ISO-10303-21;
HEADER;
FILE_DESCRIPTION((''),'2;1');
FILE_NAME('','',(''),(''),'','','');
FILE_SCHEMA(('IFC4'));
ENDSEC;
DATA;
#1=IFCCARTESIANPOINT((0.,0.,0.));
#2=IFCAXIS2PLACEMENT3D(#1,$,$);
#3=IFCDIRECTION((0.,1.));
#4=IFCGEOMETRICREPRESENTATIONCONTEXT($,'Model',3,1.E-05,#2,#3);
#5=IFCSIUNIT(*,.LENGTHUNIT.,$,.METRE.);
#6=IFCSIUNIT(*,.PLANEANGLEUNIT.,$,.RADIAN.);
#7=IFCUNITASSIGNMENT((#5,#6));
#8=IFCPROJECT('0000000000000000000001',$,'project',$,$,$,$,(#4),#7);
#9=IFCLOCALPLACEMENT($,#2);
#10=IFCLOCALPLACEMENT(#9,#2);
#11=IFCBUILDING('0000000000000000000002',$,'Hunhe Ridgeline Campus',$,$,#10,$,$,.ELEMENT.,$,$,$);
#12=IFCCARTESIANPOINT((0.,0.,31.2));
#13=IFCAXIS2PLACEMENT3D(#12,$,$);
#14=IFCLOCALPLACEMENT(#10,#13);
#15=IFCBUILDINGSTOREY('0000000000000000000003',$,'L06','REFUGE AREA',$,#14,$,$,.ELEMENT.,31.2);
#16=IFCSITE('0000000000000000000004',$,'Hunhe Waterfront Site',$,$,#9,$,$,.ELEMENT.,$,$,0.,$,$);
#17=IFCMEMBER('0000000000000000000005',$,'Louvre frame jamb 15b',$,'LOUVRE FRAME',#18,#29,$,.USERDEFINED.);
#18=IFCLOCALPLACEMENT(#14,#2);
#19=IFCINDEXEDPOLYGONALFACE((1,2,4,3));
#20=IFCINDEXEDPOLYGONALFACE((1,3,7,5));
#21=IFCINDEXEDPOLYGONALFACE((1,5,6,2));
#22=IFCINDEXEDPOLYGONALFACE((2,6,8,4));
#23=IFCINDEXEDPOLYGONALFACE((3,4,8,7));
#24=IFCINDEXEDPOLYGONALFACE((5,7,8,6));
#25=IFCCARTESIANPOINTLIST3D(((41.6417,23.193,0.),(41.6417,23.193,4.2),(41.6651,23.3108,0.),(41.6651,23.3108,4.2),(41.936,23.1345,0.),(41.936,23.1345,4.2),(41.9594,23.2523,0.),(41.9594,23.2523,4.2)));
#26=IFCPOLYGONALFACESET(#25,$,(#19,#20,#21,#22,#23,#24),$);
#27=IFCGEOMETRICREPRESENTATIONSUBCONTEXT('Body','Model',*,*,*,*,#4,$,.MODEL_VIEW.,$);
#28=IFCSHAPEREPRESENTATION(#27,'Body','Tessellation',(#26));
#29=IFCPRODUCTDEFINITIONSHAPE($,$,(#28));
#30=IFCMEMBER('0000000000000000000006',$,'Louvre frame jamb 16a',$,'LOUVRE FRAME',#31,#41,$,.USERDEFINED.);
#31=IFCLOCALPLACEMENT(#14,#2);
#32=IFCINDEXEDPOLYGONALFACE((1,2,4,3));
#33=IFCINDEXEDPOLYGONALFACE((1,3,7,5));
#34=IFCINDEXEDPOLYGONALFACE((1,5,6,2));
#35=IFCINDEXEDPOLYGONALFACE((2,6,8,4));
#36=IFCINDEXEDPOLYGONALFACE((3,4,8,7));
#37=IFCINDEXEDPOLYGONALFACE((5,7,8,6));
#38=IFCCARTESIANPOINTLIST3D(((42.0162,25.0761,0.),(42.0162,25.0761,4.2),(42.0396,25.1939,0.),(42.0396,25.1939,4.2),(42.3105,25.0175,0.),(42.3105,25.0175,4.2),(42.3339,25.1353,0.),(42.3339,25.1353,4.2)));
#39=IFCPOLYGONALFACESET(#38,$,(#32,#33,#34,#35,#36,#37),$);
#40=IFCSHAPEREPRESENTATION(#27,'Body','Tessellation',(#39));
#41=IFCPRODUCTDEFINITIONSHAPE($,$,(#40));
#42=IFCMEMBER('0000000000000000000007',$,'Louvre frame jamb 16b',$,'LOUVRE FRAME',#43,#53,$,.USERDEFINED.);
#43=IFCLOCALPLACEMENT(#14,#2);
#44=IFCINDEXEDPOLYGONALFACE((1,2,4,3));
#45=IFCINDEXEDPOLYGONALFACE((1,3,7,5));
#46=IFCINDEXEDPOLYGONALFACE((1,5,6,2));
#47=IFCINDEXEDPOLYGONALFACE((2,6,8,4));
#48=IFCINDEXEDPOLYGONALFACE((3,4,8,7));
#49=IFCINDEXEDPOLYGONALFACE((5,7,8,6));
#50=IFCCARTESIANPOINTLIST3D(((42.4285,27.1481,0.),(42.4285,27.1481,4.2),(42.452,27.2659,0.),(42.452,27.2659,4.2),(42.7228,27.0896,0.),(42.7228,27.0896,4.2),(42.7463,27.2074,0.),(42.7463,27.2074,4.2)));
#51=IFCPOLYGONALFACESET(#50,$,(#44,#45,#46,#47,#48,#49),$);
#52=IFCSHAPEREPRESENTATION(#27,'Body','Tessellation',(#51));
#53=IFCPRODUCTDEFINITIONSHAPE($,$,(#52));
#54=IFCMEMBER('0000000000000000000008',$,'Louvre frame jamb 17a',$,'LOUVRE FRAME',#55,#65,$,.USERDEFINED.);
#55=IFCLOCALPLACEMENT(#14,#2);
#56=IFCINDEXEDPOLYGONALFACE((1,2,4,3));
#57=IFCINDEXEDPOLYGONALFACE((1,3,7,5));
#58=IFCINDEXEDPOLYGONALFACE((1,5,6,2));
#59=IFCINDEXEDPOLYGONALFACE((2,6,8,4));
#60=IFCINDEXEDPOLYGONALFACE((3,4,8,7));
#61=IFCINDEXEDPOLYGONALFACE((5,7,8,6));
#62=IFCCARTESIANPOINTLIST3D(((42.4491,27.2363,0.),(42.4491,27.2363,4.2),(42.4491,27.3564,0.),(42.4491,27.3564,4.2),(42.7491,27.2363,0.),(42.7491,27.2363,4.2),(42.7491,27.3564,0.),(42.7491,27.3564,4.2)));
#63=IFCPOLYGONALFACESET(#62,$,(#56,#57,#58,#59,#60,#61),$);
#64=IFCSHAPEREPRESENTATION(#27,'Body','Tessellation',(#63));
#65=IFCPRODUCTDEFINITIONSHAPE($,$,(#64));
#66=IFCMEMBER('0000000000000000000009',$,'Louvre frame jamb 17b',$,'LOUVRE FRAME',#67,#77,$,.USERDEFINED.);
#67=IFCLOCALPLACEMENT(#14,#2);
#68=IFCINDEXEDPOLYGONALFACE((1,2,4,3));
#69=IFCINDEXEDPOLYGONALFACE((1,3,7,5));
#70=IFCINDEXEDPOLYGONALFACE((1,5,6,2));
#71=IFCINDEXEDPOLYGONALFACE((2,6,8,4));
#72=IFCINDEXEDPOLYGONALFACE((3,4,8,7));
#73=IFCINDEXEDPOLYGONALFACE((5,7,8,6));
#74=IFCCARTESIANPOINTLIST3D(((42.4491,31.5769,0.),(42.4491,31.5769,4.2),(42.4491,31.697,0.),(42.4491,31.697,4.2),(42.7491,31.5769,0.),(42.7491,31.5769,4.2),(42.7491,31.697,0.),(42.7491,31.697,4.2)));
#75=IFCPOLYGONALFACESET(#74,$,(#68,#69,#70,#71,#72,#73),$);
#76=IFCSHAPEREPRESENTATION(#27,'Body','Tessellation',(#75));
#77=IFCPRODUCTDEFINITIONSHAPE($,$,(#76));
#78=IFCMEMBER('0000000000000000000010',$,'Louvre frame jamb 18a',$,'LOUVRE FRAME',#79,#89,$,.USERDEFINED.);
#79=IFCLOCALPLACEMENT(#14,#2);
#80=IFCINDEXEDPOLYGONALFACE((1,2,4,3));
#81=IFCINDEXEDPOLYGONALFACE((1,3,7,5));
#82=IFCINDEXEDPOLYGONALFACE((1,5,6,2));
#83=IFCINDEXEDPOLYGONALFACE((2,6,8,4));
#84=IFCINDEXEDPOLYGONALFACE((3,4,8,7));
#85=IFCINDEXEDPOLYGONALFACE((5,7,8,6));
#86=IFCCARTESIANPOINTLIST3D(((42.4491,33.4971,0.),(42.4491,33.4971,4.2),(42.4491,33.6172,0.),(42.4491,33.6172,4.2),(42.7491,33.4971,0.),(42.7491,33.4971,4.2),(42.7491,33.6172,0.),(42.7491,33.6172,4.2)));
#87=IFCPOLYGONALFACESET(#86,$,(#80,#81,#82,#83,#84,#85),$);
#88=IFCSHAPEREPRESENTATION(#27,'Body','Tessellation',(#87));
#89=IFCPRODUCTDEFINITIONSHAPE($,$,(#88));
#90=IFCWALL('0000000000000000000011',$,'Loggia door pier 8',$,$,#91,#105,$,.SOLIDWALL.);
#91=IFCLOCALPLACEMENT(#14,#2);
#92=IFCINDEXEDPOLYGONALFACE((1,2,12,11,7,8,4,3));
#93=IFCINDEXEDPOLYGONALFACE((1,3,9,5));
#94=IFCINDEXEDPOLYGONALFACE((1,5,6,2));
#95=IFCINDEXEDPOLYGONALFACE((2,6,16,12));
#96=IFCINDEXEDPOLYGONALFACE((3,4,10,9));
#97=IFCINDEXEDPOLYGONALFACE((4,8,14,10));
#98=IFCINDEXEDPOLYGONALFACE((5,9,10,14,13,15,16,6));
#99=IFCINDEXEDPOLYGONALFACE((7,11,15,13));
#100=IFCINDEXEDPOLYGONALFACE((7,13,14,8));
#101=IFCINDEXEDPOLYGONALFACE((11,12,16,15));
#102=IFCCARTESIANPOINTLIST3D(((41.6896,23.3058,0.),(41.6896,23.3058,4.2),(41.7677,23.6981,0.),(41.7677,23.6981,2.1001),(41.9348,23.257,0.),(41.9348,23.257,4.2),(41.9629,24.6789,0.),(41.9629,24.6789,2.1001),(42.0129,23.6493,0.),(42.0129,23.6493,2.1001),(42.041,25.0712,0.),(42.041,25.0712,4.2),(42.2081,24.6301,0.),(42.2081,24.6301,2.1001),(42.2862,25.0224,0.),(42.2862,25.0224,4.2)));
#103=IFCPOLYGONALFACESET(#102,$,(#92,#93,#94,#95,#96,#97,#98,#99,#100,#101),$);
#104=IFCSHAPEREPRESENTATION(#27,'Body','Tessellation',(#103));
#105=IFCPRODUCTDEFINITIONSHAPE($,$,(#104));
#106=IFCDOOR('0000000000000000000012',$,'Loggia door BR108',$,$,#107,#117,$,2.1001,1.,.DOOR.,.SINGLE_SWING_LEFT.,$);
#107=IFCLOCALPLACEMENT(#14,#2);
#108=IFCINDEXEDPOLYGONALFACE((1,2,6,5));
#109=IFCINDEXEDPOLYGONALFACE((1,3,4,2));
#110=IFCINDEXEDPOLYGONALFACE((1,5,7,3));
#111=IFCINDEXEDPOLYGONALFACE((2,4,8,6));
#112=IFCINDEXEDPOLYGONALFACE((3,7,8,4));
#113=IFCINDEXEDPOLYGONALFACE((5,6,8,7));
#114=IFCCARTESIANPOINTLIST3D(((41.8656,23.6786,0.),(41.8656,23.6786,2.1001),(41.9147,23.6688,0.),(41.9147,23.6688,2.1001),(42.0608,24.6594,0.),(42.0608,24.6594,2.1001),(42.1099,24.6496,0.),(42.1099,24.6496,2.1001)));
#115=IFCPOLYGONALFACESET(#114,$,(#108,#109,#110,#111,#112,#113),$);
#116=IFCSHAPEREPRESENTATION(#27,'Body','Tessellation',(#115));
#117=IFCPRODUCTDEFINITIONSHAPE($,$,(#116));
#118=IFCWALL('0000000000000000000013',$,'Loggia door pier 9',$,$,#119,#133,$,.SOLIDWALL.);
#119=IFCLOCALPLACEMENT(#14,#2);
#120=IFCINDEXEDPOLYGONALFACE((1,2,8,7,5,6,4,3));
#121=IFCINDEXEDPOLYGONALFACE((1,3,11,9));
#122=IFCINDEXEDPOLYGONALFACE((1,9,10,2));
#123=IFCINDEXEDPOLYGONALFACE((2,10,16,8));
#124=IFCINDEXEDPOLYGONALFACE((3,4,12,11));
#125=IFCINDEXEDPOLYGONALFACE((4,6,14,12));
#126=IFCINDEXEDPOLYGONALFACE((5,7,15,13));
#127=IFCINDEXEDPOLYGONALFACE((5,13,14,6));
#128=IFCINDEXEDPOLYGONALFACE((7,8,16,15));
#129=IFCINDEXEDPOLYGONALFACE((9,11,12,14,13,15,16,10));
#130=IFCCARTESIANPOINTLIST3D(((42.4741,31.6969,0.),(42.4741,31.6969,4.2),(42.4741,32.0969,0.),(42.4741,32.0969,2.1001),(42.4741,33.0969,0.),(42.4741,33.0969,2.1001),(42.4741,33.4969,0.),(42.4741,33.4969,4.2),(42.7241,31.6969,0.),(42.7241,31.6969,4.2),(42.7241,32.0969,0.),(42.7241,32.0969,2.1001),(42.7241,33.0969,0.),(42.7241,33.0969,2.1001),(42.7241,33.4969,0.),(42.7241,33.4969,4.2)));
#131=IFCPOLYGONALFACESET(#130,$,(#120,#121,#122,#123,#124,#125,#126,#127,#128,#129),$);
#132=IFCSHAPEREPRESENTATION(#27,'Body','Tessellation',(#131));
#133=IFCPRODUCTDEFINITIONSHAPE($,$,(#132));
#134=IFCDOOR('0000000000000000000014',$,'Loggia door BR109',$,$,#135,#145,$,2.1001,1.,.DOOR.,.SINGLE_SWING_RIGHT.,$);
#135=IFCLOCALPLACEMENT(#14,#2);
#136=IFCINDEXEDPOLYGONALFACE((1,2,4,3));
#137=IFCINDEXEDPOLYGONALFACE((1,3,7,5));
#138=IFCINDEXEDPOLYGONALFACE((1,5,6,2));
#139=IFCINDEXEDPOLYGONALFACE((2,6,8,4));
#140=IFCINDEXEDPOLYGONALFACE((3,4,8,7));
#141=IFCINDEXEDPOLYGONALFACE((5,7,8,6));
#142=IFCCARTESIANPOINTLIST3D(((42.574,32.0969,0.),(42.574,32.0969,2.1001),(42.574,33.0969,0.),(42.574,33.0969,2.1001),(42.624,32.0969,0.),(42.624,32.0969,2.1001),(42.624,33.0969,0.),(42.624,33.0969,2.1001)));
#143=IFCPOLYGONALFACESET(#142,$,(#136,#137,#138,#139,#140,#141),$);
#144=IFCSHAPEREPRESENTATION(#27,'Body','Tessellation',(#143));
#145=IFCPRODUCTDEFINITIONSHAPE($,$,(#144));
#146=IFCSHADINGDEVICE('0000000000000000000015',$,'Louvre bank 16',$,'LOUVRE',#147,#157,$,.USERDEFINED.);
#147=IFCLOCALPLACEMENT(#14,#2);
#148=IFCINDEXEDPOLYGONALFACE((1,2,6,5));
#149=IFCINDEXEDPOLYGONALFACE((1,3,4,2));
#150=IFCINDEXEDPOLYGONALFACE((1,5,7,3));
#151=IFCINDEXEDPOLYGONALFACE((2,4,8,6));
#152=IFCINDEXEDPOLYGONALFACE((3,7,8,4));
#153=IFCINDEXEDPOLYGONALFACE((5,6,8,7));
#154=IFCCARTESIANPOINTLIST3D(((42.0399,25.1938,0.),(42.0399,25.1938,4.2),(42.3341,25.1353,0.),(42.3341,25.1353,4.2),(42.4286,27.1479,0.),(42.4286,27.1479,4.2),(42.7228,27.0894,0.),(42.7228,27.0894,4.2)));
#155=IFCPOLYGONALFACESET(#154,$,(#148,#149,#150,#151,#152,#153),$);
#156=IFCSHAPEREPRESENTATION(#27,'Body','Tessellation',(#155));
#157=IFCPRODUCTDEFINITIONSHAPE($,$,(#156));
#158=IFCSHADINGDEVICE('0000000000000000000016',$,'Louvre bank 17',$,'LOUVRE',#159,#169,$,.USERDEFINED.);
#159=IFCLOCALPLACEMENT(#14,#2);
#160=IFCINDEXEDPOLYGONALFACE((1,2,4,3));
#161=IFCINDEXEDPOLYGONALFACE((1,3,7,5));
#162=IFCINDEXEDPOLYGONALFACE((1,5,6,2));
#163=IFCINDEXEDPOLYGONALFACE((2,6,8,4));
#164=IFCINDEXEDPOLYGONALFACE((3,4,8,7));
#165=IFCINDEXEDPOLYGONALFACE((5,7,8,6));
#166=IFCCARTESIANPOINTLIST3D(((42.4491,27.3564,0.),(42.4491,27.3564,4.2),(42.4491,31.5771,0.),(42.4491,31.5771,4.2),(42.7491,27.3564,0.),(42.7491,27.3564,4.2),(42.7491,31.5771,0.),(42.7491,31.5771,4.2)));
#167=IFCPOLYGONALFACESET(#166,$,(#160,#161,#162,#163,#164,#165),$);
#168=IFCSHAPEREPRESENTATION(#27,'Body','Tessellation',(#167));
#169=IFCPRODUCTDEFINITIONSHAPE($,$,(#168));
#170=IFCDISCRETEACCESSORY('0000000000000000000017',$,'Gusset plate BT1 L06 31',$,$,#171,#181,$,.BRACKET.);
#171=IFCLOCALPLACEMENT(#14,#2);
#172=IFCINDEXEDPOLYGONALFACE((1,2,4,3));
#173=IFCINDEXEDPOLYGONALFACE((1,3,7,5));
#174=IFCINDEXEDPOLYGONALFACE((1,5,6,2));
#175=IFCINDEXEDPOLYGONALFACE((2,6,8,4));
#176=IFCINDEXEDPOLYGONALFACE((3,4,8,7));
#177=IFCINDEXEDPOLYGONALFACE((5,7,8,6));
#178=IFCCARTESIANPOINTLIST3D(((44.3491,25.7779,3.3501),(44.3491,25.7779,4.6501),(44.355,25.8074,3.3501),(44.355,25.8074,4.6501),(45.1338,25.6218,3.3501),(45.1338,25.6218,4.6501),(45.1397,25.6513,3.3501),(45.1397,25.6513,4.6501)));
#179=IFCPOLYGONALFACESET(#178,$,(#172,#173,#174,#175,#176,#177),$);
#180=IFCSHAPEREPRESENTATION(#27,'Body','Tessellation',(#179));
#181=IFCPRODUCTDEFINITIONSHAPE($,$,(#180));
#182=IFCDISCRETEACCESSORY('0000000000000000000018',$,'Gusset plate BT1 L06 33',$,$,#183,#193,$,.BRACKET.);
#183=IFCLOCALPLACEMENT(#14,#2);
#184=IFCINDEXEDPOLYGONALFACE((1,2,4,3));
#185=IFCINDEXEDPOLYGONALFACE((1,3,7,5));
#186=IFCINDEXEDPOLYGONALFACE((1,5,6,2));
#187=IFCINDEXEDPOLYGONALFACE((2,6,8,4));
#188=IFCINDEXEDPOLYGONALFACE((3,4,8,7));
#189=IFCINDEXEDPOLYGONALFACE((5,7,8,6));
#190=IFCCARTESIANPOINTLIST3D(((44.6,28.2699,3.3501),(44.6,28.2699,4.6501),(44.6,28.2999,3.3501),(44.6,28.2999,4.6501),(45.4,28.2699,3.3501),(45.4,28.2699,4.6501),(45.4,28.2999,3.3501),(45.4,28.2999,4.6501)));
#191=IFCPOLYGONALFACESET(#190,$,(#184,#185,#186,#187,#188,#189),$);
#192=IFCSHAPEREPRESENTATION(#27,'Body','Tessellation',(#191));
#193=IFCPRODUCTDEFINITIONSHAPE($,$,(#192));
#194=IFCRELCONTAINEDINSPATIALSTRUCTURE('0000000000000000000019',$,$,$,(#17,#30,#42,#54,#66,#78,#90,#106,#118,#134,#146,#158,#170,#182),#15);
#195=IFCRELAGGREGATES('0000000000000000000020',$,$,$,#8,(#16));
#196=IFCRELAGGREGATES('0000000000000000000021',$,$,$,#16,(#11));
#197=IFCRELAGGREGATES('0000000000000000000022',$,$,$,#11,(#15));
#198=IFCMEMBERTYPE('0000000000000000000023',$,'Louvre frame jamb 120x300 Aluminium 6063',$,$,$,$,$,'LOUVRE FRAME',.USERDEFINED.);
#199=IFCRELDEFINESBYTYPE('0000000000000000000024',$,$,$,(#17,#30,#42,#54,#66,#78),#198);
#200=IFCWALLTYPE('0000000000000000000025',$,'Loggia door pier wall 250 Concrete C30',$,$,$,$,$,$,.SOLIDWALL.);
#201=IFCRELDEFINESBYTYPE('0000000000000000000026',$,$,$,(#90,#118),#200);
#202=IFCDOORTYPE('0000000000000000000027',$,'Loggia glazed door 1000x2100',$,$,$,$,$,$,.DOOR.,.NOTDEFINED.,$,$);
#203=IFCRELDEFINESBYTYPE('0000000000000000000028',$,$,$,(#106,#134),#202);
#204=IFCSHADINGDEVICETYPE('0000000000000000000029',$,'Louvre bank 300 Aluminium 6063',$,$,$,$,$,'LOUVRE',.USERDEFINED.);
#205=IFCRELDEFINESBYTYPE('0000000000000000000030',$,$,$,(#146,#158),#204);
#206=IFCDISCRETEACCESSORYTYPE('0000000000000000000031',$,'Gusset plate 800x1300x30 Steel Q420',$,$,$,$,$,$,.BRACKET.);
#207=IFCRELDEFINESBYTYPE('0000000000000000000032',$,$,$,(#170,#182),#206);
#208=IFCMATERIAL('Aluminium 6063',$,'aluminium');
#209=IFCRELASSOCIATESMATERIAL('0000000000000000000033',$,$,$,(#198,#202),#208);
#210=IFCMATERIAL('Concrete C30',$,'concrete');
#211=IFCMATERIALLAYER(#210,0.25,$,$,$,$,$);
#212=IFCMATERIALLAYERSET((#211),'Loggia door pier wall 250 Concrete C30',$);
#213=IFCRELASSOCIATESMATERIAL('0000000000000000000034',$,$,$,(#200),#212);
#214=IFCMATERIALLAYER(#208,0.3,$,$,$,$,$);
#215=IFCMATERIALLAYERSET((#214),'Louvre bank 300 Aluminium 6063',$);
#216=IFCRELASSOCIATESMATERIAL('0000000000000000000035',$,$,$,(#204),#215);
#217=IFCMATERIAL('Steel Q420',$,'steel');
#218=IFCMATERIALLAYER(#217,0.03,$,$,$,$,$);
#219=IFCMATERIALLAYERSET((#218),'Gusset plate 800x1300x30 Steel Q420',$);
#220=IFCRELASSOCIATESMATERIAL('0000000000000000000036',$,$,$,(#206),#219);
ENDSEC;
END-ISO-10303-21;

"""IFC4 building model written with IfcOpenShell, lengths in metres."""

from ifc_helpers import new_model, si_unit, direction, frame, frame_2d, origin, origin_2d, place, context, subcontext, project, spatial, rectangle, extrude, material, layer, layer_set, material_profile, profile_set, type_object, element, fill, save


model = new_model("IFC4")

# Units and contexts
model_context = context("Model", 3, precision=1e-05, world=origin(), true_north=direction((0.0, 1.0)))
body_context = subcontext(model_context, "Body", "Model", "MODEL_VIEW")
ifc_project = project(units=[si_unit("LENGTHUNIT", "METRE"), si_unit("PLANEANGLEUNIT", "RADIAN")], contexts=[model_context])

# Site, building, storey
site_placement = place(None, origin())
site = spatial("IfcSite", under=ifc_project, at=site_placement, Name="Hunhe Waterfront Site", CompositionType="ELEMENT", RefElevation=0.0)
building_placement = place(site_placement, origin())
building = spatial("IfcBuilding", under=site, at=building_placement, Name="Hunhe Ridgeline Campus", CompositionType="ELEMENT")
storey_placement = place(building_placement, frame((0.0, 0.0, 31.2)))
storey = spatial("IfcBuildingStorey", under=building, at=storey_placement, Name="L06", Description="REFUGE AREA", CompositionType="ELEMENT", Elevation=31.2)

# Members
ifc_material_1 = material(Name="Steel Q420", Category="steel")
ifc_material_2 = material(Name="Aluminium 6063", Category="aluminium")
ifc_material_profile_1 = material_profile(ifc_material_2, rectangle(XDim=0.3, YDim=0.1201, at=origin_2d()))
ifc_profile_set_1 = profile_set([ifc_material_profile_1], Name="Aluminium 6063")
member_type_1 = type_object("IfcMemberType", Name="Louvre frame jamb 120x300 Aluminium 6063", ElementType="LOUVRE FRAME", PredefinedType="USERDEFINED", material=ifc_profile_set_1)
for number, where, z_axis, x_axis, name in (
    (1, (41.8005, 23.2227, 0.0), (0.0, 0.0, 1.0), (-0.980785, 0.19509, 0.0), "Louvre frame jamb 15b"),
    (2, (42.175, 25.1057, 0.0), (0.0, 0.0, 1.0), (-0.980785, 0.19509, 0.0), "Louvre frame jamb 16a"),
    (3, (42.5874, 27.1777, 0.0), (0.0, 0.0, 1.0), (-0.980785, 0.19509, 0.0), "Louvre frame jamb 16b"),
    (4, (42.5991, 27.2964, 0.0), (0.0, 0.0, 1.0), (-1.0, 0.0, 0.0), "Louvre frame jamb 17a"),
    (5, (42.5991, 31.637, 0.0), (0.0, 0.0, 1.0), (-1.0, 0.0, 0.0), "Louvre frame jamb 17b"),
    (6, (42.5991, 33.5571, 0.0), (0.0, 0.0, 1.0), (-1.0, 0.0, 0.0), "Louvre frame jamb 18a"),
):
    element("IfcMember", number, at=place(storey_placement, frame(where, z_axis=z_axis, x_axis=x_axis)), inside=storey, type_object=member_type_1, Name=name, ObjectType="LOUVRE FRAME", PredefinedType="USERDEFINED", context=body_context, shape_type="SweptSolid", body=[
        extrude(rectangle(XDim=0.3, YDim=0.1201, at=origin_2d()), origin(), (0.0, 0.0, 1.0), 4.2),
    ])

# Walls, openings, doors
ifc_material_3 = material(Name="Concrete C30", Category="concrete")
ifc_layer_1 = layer(ifc_material_3, 0.25)
ifc_layer_set_1 = layer_set([ifc_layer_1], Name="Loggia door pier wall 250 Concrete C30")
wall_type = type_object("IfcWallType", Name="Loggia door pier wall 250 Concrete C30", PredefinedType="SOLIDWALL", material=ifc_layer_set_1)
wall_1_placement = place(storey_placement, frame((41.8123, 23.2815, 0.0), z_axis=(0.0, 0.0, 1.0), x_axis=(0.195177, 0.980768, 0.0)))
wall_1 = element("IfcWall", 7, at=wall_1_placement, inside=storey, type_object=wall_type, Name="Loggia door pier 8", PredefinedType="SOLIDWALL", context=body_context, shape_type="SweptSolid", body=[
    extrude(rectangle(XDim=1.8, YDim=0.25, at=frame_2d((0.8999, 0.0))), origin(), (0.0, 0.0, 1.0), 4.2),
])
opening_1_placement = place(wall_1_placement, frame((0.3999, 0.0, 0.0)))
opening_1 = element("IfcOpeningElement", 8, at=opening_1_placement, cuts=wall_1, PredefinedType="OPENING", context=body_context, shape_type="SweptSolid", body=[
    extrude(rectangle(XDim=1.0, YDim=2.1001, at=frame_2d((0.5, 1.05))), frame((0.0, 0.125, 0.0), z_axis=(0.0, -1.0, 0.0), x_axis=(1.0, 0.0, 0.0)), (0.0, 0.0, 1.0), 0.25),
])
door_type = type_object("IfcDoorType", Name="Loggia glazed door 1000x2100", OperationType="NOTDEFINED", PredefinedType="DOOR", material=ifc_material_2)
door_1_placement = place(opening_1_placement, frame((1.0, 0.0, 0.0), z_axis=(0.0, 0.0, 1.0), x_axis=(-1.0, 0.0, 0.0)))
door_1 = element("IfcDoor", 9, at=door_1_placement, inside=storey, type_object=door_type, Name="Loggia door BR108", OperationType="SINGLE_SWING_LEFT", OverallHeight=2.1001, OverallWidth=1.0, PredefinedType="DOOR", context=body_context, shape_type="SweptSolid", body=[
    extrude(rectangle(XDim=1.0, YDim=2.1001, at=frame_2d((0.5, 1.05))), frame((0.0, 0.0249, 0.0), z_axis=(0.0, -1.0, 0.0), x_axis=(1.0, 0.0, 0.0)), (0.0, 0.0, 1.0), 0.05),
])
fill(opening_1, door_1)
wall_2_placement = place(storey_placement, frame((42.5991, 31.697, 0.0), z_axis=(0.0, 0.0, 1.0), x_axis=(0.0, 1.0, 0.0)))
wall_2 = element("IfcWall", 10, at=wall_2_placement, inside=storey, type_object=wall_type, Name="Loggia door pier 9", PredefinedType="SOLIDWALL", context=body_context, shape_type="SweptSolid", body=[
    extrude(rectangle(XDim=1.8, YDim=0.25, at=frame_2d((0.8999, 0.0))), origin(), (0.0, 0.0, 1.0), 4.2),
])
opening_2_placement = place(wall_2_placement, frame((0.3999, 0.0, 0.0)))
opening_2 = element("IfcOpeningElement", 11, at=opening_2_placement, cuts=wall_2, PredefinedType="OPENING", context=body_context, shape_type="SweptSolid", body=[
    extrude(rectangle(XDim=1.0, YDim=2.1001, at=frame_2d((0.5, 1.05))), frame((0.0, 0.125, 0.0), z_axis=(0.0, -1.0, 0.0), x_axis=(1.0, 0.0, 0.0)), (0.0, 0.0, 1.0), 0.25),
])
door_2_placement = place(opening_2_placement, frame((1.0, 0.0, 0.0), z_axis=(0.0, 0.0, 1.0), x_axis=(-1.0, 0.0, 0.0)))
door_2 = element("IfcDoor", 12, at=door_2_placement, inside=storey, type_object=door_type, Name="Loggia door BR109", OperationType="SINGLE_SWING_RIGHT", OverallHeight=2.1001, OverallWidth=1.0, PredefinedType="DOOR", context=body_context, shape_type="SweptSolid", body=[
    extrude(rectangle(XDim=1.0, YDim=2.1001, at=frame_2d((0.5, 1.05))), frame((0.0, 0.0249, 0.0), z_axis=(0.0, -1.0, 0.0), x_axis=(1.0, 0.0, 0.0)), (0.0, 0.0, 1.0), 0.05),
])
fill(opening_2, door_2)

# Shading devices
ifc_layer_2 = layer(ifc_material_2, 0.3)
ifc_layer_set_2 = layer_set([ifc_layer_2], Name="Louvre bank 300 Aluminium 6063")
shading_device_type = type_object("IfcShadingDeviceType", Name="Louvre bank 300 Aluminium 6063", ElementType="LOUVRE", PredefinedType="USERDEFINED", material=ifc_layer_set_2)
shading_device_1_placement = place(storey_placement, frame((42.3813, 26.1416, 0.0), z_axis=(0.0, 0.0, 1.0), x_axis=(0.19509, 0.980785, 0.0)))
element("IfcShadingDevice", 13, at=shading_device_1_placement, inside=storey, type_object=shading_device_type, Name="Louvre bank 16", ObjectType="LOUVRE", PredefinedType="USERDEFINED", context=body_context, shape_type="SweptSolid", body=[
    extrude(rectangle(XDim=1.9924, YDim=0.3, at=origin_2d()), origin(), (0.0, 0.0, 1.0), 4.2),
])
shading_device_2_placement = place(storey_placement, frame((42.5991, 29.4668, 0.0), z_axis=(0.0, 0.0, 1.0), x_axis=(0.0, 1.0, 0.0)))
element("IfcShadingDevice", 14, at=shading_device_2_placement, inside=storey, type_object=shading_device_type, Name="Louvre bank 17", ObjectType="LOUVRE", PredefinedType="USERDEFINED", context=body_context, shape_type="SweptSolid", body=[
    extrude(rectangle(XDim=4.2207, YDim=0.3, at=origin_2d()), origin(), (0.0, 0.0, 1.0), 4.2),
])

# Discrete accessories
ifc_layer_3 = layer(ifc_material_1, 0.03)
ifc_layer_set_3 = layer_set([ifc_layer_3], Name="Gusset plate 800x1300x30 Steel Q420")
discrete_accessory_type_1 = type_object("IfcDiscreteAccessoryType", Name="Gusset plate 800x1300x30 Steel Q420", PredefinedType="BRACKET", material=ifc_layer_set_3)
for number, where, z_axis, x_axis, name in (
    (15, (44.7444, 25.7146, 3.3501), (0.0, 0.0, 1.0), (0.19509, 0.980785, 0.0), "Gusset plate BT1 L06 31"),
    (16, (45.0, 28.2849, 3.3501), (0.0, 0.0, 1.0), (0.0, -1.0, 0.0), "Gusset plate BT1 L06 33"),
):
    element("IfcDiscreteAccessory", number, at=place(storey_placement, frame(where, z_axis=z_axis, x_axis=x_axis)), inside=storey, type_object=discrete_accessory_type_1, Name=name, PredefinedType="BRACKET", context=body_context, shape_type="SweptSolid", body=[
        extrude(rectangle(XDim=0.03, YDim=0.8, at=origin_2d()), origin(), (0.0, 0.0, 1.0), 1.3),
    ])

save(model, "model.ifc")
